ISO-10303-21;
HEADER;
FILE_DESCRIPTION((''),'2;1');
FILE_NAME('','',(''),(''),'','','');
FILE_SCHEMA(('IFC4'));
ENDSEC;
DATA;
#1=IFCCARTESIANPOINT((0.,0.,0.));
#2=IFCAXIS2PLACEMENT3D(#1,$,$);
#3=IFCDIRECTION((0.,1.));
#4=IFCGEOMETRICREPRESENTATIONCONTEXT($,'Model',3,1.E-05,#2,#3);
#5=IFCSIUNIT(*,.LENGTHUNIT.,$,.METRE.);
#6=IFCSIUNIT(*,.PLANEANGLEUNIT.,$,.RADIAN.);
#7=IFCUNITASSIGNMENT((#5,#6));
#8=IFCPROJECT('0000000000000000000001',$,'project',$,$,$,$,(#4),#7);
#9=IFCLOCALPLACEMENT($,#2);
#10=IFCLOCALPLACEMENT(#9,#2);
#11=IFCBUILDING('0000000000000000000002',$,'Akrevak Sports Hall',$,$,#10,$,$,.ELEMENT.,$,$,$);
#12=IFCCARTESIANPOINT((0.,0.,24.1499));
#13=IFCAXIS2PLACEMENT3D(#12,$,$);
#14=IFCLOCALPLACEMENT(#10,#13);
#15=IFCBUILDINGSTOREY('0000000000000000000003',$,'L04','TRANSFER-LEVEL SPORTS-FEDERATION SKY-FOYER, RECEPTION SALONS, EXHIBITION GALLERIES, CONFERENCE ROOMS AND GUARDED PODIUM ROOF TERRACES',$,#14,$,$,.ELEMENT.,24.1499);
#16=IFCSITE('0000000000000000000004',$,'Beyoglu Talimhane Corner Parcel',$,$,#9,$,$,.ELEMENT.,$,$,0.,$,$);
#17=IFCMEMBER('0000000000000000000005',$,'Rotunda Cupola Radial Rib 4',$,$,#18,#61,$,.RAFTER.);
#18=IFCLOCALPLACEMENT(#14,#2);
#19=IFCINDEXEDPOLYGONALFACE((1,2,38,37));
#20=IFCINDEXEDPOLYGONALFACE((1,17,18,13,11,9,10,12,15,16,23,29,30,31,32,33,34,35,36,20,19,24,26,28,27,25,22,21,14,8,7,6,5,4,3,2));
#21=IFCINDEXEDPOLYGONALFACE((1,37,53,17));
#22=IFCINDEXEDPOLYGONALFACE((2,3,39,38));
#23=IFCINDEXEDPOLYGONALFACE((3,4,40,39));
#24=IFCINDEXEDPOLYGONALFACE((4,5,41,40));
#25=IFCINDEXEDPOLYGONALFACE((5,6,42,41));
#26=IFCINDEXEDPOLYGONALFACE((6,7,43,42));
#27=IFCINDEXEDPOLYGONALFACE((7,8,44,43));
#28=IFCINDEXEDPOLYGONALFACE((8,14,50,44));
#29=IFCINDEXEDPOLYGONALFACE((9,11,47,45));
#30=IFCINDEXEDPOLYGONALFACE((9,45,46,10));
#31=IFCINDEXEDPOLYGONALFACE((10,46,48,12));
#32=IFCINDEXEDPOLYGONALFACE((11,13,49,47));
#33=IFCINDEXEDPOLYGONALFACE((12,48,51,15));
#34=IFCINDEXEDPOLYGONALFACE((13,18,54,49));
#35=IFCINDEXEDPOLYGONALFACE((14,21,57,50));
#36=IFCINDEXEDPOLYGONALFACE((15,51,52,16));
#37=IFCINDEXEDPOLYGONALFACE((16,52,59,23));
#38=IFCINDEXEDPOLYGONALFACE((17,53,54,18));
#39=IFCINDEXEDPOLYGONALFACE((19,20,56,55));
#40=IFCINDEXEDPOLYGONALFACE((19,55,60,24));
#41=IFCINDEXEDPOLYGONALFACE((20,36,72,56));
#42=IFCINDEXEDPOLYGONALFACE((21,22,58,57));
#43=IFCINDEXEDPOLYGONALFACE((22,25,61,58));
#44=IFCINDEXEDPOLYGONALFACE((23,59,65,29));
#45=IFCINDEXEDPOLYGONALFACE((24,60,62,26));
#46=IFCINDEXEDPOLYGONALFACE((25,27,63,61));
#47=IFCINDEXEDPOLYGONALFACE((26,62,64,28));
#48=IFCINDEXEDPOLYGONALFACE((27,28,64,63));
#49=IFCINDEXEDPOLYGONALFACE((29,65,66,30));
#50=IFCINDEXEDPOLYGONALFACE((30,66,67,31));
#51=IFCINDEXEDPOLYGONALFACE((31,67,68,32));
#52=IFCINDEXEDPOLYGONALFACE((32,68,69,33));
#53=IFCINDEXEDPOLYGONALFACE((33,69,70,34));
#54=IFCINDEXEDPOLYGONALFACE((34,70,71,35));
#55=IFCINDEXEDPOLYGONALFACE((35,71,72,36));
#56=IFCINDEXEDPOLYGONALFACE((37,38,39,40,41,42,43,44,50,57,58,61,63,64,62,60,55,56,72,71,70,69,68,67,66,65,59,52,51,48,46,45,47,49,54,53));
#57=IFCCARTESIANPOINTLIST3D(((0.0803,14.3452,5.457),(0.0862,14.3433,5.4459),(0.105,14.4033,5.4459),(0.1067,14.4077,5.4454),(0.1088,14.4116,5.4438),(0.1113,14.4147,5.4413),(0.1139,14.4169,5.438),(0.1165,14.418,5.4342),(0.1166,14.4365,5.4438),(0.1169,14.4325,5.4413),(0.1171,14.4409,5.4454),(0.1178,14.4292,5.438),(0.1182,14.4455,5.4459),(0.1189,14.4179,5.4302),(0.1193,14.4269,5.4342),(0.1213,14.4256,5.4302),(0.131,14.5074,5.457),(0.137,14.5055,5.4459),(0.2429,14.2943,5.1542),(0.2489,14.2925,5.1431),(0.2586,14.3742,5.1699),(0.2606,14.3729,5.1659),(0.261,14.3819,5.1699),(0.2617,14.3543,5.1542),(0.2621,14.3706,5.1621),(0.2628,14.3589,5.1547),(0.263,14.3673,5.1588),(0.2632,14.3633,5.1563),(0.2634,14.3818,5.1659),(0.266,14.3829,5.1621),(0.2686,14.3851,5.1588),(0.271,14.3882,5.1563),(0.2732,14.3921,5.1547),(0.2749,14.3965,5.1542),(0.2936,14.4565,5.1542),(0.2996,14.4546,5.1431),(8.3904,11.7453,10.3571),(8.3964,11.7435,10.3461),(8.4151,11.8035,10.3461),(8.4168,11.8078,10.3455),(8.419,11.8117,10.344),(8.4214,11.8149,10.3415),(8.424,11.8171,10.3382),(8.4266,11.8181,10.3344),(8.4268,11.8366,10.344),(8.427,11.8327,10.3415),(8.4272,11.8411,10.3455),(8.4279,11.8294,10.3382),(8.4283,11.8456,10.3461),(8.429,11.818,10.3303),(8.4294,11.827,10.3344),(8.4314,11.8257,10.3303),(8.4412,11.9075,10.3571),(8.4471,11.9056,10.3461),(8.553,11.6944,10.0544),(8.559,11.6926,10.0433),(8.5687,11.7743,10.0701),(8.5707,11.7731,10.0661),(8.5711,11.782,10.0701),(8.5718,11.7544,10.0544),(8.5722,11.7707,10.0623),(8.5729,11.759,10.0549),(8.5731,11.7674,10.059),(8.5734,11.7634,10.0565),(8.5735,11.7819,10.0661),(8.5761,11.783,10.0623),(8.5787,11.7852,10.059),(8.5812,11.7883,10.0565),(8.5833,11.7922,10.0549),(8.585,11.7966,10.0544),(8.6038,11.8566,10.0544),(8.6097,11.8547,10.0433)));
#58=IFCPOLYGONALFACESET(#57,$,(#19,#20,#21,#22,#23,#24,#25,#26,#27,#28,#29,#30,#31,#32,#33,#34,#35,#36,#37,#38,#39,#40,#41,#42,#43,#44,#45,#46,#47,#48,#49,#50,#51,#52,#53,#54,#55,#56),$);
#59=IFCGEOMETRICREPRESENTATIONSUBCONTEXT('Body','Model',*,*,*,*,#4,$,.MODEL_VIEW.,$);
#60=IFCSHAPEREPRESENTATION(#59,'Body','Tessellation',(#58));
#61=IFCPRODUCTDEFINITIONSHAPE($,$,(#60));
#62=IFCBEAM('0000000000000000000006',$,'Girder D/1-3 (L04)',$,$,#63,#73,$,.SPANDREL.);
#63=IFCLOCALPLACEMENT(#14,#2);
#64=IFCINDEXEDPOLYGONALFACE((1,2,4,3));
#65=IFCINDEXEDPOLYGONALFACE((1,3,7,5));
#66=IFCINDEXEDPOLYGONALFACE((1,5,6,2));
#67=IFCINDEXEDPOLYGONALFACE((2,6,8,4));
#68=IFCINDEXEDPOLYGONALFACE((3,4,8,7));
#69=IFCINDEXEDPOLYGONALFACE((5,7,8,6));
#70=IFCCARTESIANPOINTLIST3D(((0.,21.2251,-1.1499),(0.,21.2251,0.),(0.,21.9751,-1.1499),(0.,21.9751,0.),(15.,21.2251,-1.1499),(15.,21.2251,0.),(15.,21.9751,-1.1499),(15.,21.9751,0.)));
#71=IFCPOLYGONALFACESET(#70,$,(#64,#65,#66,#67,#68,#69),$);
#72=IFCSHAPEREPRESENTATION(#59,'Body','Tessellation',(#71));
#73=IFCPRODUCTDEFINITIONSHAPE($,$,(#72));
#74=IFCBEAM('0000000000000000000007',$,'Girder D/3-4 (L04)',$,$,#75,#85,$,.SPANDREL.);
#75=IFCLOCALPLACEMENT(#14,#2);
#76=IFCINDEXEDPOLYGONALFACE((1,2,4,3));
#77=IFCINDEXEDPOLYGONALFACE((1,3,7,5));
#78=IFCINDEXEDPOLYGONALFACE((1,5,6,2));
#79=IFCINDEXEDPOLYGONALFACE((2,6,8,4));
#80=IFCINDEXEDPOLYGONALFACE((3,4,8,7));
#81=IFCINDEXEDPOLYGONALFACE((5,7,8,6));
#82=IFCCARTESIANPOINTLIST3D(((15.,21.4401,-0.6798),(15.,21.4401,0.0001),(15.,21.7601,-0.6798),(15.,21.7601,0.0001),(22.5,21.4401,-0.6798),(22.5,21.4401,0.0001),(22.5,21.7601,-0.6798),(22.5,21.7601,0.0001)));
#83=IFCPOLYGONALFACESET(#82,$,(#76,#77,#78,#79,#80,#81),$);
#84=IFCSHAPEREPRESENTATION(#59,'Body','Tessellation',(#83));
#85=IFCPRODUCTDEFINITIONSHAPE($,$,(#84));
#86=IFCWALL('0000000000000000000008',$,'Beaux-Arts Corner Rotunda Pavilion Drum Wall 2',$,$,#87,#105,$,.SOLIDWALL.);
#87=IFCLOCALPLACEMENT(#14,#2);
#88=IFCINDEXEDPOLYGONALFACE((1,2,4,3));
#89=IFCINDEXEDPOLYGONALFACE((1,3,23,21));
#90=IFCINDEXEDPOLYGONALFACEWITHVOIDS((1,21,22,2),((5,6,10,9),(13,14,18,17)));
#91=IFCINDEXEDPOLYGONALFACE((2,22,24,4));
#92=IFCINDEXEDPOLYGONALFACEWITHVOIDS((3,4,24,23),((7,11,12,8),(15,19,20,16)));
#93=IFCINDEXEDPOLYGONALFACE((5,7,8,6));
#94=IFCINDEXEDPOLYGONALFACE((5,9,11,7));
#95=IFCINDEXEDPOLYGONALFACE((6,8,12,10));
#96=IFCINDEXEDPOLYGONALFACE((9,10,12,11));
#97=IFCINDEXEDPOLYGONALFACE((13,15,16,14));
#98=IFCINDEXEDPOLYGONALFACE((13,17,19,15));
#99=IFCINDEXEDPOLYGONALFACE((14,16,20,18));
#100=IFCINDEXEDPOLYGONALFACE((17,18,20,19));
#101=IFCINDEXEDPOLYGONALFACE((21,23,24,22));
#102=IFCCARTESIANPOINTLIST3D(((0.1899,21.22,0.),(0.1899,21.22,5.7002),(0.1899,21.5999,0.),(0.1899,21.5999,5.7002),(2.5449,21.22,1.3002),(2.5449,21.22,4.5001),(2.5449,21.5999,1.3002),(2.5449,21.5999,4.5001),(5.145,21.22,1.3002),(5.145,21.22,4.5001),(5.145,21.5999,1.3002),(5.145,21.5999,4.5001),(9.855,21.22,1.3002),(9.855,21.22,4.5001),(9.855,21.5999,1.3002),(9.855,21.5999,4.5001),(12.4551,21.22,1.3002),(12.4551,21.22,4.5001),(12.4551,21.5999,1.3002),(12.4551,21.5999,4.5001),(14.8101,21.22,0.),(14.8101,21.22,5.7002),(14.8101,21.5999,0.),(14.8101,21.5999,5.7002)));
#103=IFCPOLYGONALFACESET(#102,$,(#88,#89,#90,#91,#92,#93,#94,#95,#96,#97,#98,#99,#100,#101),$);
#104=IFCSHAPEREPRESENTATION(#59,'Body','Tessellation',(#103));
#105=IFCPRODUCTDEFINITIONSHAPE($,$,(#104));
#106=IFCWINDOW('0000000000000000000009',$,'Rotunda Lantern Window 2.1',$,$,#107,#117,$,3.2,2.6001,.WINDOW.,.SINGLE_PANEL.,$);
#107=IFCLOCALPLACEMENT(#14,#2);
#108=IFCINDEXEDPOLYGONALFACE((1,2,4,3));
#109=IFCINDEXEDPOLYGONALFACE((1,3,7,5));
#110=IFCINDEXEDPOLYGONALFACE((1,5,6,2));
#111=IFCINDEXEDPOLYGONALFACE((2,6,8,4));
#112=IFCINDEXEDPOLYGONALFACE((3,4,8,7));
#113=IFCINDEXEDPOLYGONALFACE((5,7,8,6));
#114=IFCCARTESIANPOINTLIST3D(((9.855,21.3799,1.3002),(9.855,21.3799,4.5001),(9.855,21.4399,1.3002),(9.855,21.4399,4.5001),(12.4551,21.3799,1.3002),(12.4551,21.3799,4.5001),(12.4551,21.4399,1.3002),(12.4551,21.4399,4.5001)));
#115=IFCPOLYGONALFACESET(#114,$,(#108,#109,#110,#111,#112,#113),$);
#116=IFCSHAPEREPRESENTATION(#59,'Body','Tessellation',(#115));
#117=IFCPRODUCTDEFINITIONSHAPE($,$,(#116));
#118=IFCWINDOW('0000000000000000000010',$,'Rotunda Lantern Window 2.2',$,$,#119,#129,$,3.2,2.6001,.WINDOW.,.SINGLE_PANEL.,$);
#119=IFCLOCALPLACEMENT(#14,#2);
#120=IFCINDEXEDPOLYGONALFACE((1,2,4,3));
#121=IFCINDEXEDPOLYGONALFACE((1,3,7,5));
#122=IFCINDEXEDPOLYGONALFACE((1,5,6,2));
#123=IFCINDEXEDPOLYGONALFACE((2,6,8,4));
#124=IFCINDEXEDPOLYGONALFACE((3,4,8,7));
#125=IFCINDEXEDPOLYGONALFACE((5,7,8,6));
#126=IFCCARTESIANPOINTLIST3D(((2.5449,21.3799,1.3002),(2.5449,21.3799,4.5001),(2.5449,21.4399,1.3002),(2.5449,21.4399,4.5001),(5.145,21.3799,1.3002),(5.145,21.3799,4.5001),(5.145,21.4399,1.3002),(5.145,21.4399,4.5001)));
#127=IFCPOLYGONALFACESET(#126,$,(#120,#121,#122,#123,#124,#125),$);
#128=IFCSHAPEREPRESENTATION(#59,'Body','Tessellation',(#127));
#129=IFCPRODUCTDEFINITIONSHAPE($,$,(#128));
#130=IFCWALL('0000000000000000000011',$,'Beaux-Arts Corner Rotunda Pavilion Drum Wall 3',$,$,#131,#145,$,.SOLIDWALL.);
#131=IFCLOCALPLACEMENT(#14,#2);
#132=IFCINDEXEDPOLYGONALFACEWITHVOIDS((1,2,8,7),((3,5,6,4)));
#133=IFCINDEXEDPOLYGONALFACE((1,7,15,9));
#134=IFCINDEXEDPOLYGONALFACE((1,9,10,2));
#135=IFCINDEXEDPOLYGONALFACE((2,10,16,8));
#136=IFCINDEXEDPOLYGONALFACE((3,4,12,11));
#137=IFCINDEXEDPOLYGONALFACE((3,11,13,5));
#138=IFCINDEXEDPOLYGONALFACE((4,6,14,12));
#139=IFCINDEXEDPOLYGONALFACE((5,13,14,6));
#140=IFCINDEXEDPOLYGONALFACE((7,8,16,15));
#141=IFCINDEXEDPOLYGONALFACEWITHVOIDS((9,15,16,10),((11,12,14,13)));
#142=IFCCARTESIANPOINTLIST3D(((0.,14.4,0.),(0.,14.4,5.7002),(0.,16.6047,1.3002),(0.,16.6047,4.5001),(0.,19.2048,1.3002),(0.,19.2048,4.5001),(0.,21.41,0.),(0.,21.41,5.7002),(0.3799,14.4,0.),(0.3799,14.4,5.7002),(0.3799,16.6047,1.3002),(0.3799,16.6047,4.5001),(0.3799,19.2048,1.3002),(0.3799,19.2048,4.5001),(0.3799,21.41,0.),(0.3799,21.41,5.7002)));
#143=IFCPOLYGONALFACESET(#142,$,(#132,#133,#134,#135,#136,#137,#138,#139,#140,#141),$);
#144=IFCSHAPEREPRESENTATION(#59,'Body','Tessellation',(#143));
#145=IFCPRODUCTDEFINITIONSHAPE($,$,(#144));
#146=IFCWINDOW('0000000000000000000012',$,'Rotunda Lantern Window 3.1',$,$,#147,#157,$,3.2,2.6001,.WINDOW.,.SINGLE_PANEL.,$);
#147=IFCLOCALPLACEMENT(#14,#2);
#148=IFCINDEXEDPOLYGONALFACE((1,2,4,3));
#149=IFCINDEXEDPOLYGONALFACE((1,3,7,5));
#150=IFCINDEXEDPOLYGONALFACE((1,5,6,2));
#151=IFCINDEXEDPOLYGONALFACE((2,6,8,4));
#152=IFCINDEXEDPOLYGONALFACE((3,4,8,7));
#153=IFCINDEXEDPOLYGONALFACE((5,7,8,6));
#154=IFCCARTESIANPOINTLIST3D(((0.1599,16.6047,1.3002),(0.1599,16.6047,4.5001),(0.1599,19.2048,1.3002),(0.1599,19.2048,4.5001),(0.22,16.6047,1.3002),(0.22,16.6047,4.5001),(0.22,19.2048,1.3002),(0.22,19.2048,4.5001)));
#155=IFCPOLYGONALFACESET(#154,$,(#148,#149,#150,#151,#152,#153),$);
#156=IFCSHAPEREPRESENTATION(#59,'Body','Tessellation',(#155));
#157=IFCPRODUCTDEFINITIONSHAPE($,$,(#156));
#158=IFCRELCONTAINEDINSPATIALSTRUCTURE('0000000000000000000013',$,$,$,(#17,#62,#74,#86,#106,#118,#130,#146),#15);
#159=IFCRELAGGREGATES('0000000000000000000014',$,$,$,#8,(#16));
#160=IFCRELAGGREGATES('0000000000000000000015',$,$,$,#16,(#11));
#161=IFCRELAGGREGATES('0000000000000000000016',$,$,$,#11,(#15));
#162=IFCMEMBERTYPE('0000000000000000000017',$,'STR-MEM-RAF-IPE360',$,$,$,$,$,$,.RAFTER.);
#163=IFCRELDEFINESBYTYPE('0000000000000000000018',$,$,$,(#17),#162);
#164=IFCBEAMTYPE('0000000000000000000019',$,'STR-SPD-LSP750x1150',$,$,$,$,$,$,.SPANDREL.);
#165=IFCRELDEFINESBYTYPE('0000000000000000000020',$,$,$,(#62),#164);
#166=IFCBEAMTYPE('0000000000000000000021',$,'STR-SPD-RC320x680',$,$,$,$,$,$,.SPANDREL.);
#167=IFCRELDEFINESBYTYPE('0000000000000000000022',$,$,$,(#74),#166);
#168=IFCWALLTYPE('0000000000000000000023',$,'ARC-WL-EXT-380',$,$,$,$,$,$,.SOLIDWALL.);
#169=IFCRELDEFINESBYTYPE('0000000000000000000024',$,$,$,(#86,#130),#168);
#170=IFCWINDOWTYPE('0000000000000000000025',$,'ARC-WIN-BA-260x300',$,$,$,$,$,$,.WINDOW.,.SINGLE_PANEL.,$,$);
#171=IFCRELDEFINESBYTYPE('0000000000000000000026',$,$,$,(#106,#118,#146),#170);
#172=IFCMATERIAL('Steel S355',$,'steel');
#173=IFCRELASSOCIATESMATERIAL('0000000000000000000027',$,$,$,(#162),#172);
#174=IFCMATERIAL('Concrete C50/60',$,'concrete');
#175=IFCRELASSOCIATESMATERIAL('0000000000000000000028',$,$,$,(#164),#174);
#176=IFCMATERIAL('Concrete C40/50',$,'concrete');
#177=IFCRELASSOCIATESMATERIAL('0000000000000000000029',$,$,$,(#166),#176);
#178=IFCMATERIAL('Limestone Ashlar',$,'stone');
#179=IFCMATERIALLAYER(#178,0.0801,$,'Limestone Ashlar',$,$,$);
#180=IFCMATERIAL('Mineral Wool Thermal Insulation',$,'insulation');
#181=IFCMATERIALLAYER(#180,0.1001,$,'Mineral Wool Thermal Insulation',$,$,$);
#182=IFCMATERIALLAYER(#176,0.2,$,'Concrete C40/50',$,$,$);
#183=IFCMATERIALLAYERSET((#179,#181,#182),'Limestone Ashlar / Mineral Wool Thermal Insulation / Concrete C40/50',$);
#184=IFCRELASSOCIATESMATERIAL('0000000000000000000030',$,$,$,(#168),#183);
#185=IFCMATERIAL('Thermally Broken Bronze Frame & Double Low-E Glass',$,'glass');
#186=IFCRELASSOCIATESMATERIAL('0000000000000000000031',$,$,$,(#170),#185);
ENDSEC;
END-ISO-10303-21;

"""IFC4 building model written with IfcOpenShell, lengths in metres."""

from ifc_helpers import new_model, si_unit, direction, frame, frame_2d, origin, origin_2d, place, context, subcontext, project, spatial, rectangle, i_section, extrude, material, layer, layer_set, material_profile, profile_set, type_object, element, fill, save


model = new_model("IFC4")

# Units and contexts
model_context = context("Model", 3, precision=1e-05, world=origin(), true_north=direction((0.0, 1.0)))
body_context = subcontext(model_context, "Body", "Model", "MODEL_VIEW")
ifc_project = project(units=[si_unit("LENGTHUNIT", "METRE"), si_unit("PLANEANGLEUNIT", "RADIAN")], contexts=[model_context])

# Site, building, storey
site_placement = place(None, origin())
site = spatial("IfcSite", under=ifc_project, at=site_placement, Name="Beyoglu Talimhane Corner Parcel", CompositionType="ELEMENT", RefElevation=0.0)
building_placement = place(site_placement, origin())
building = spatial("IfcBuilding", under=site, at=building_placement, Name="Akrevak Sports Hall", CompositionType="ELEMENT")
storey_placement = place(building_placement, frame((0.0, 0.0, 24.1499)))
storey = spatial("IfcBuildingStorey", under=building, at=storey_placement, Name="L04", Description="TRANSFER-LEVEL SPORTS-FEDERATION SKY-FOYER, RECEPTION SALONS, EXHIBITION GALLERIES, CONFERENCE ROOMS AND GUARDED PODIUM ROOF TERRACES", CompositionType="ELEMENT", Elevation=24.1499)

# Shared definitions
ifc_material_1 = material(Name="Concrete C50/60", Category="concrete")

# Member
ifc_material_2 = material(Name="Steel S355", Category="steel")
ifc_material_profile_1 = material_profile(ifc_material_2, i_section(OverallWidth=0.1699, OverallDepth=0.3601, WebThickness=0.0081, FlangeThickness=0.0127, FilletRadius=0.0181, at=origin_2d()), Name="IPE 360", Category="steel")
ifc_profile_set_1 = profile_set([ifc_material_profile_1], Name="Steel S355")
member_type_1 = type_object("IfcMemberType", Name="STR-MEM-RAF-IPE360", PredefinedType="RAFTER", material=ifc_profile_set_1)
member_1_placement = place(storey_placement, frame((0.1899, 14.3999, 5.3), z_axis=(0.831722, -0.26021, 0.490437), x_axis=(0.298585, 0.954383, 0.0)))
element("IfcMember", 1, at=member_1_placement, inside=storey, type_object=member_type_1, Name="Rotunda Cupola Radial Rib 4", PredefinedType="RAFTER", context=body_context, shape_type="SweptSolid", body=[
    extrude(i_section(OverallWidth=0.1699, OverallDepth=0.3601, WebThickness=0.0081, FlangeThickness=0.0127, FilletRadius=0.0181, at=origin_2d()), origin(), (0.0, 0.0, 1.0), 9.9915),
])

# Beams
ifc_material_profile_2 = material_profile(ifc_material_1, rectangle(XDim=0.75, YDim=1.1499, at=origin_2d()), Name="SPD 750x1150", Category="concrete")
ifc_profile_set_2 = profile_set([ifc_material_profile_2], Name="Concrete C50/60")
beam_type_1 = type_object("IfcBeamType", Name="STR-SPD-LSP750x1150", PredefinedType="SPANDREL", material=ifc_profile_set_2)
beam_1_placement = place(storey_placement, frame((0.0, 21.6001, -0.575), z_axis=(1.0, 0.0, 0.0), x_axis=(0.0, 1.0, 0.0)))
element("IfcBeam", 2, at=beam_1_placement, inside=storey, type_object=beam_type_1, Name="Girder D/1-3 (L04)", PredefinedType="SPANDREL", context=body_context, shape_type="SweptSolid", body=[
    extrude(rectangle(XDim=0.75, YDim=1.1499, at=origin_2d()), origin(), (0.0, 0.0, 1.0), 15.0),
])
ifc_material_3 = material(Name="Concrete C40/50", Category="concrete")
ifc_material_profile_3 = material_profile(ifc_material_3, rectangle(XDim=0.3201, YDim=0.6799, at=origin_2d()), Name="SPD 320x680", Category="concrete")
ifc_profile_set_3 = profile_set([ifc_material_profile_3], Name="Concrete C40/50")
beam_type_2 = type_object("IfcBeamType", Name="STR-SPD-RC320x680", PredefinedType="SPANDREL", material=ifc_profile_set_3)
beam_2_placement = place(storey_placement, frame((15.0, 21.6001, -0.3398), z_axis=(1.0, 0.0, 0.0), x_axis=(0.0, 1.0, 0.0)))
element("IfcBeam", 3, at=beam_2_placement, inside=storey, type_object=beam_type_2, Name="Girder D/3-4 (L04)", PredefinedType="SPANDREL", context=body_context, shape_type="SweptSolid", body=[
    extrude(rectangle(XDim=0.3201, YDim=0.6799, at=origin_2d()), origin(), (0.0, 0.0, 1.0), 7.5),
])

# Wall, openings, windows
ifc_material_4 = material(Name="Limestone Ashlar", Category="stone")
ifc_layer_1 = layer(ifc_material_4, 0.0801, Name="Limestone Ashlar")
ifc_material_5 = material(Name="Mineral Wool Thermal Insulation", Category="insulation")
ifc_layer_2 = layer(ifc_material_5, 0.1001, Name="Mineral Wool Thermal Insulation")
ifc_layer_3 = layer(ifc_material_3, 0.2, Name="Concrete C40/50")
ifc_layer_set_1 = layer_set([ifc_layer_1, ifc_layer_2, ifc_layer_3], Name="Limestone Ashlar / Mineral Wool Thermal Insulation / Concrete C40/50")
wall_type = type_object("IfcWallType", Name="ARC-WL-EXT-380", PredefinedType="SOLIDWALL", material=ifc_layer_set_1)
wall_1_placement = place(storey_placement, frame((14.8101, 21.4099, 0.0), z_axis=(0.0, 0.0, 1.0), x_axis=(-1.0, 0.0, 0.0)))
wall_1 = element("IfcWall", 4, at=wall_1_placement, inside=storey, type_object=wall_type, Name="Beaux-Arts Corner Rotunda Pavilion Drum Wall 2", PredefinedType="SOLIDWALL", context=body_context, shape_type="SweptSolid", body=[
    extrude(rectangle(XDim=14.6201, YDim=0.3799, at=frame_2d((7.3101, 0.0))), origin(), (0.0, 0.0, 1.0), 5.7002),
])
opening_1_placement = place(wall_1_placement, frame((2.355, 0.0, 1.3)))
opening_1 = element("IfcOpeningElement", 5, at=opening_1_placement, cuts=wall_1, PredefinedType="OPENING", context=body_context, shape_type="SweptSolid", body=[
    extrude(rectangle(XDim=2.6001, YDim=3.2, at=frame_2d((1.3, 1.6001))), frame((0.0, 0.2019, 0.0), z_axis=(0.0, -1.0, 0.0), x_axis=(1.0, 0.0, 0.0)), (0.0, 0.0, 1.0), 0.4038),
])
opening_2_placement = place(wall_1_placement, frame((9.665, 0.0, 1.3)))
opening_2 = element("IfcOpeningElement", 6, at=opening_2_placement, cuts=wall_1, PredefinedType="OPENING", context=body_context, shape_type="SweptSolid", body=[
    extrude(rectangle(XDim=2.6001, YDim=3.2, at=frame_2d((1.3, 1.6001))), frame((0.0, 0.2019, 0.0), z_axis=(0.0, -1.0, 0.0), x_axis=(1.0, 0.0, 0.0)), (0.0, 0.0, 1.0), 0.4038),
])
ifc_material_6 = material(Name="Thermally Broken Bronze Frame & Double Low-E Glass", Category="glass")
window_type = type_object("IfcWindowType", Name="ARC-WIN-BA-260x300", PartitioningType="SINGLE_PANEL", PredefinedType="WINDOW", material=ifc_material_6)
window_1_placement = place(opening_1_placement, origin())
window_1 = element("IfcWindow", 7, at=window_1_placement, inside=storey, type_object=window_type, Name="Rotunda Lantern Window 2.1", OverallHeight=3.2, OverallWidth=2.6001, PartitioningType="SINGLE_PANEL", PredefinedType="WINDOW", context=body_context, shape_type="SweptSolid", body=[
    extrude(rectangle(XDim=2.6001, YDim=3.2, at=frame_2d((1.3, 1.6001))), frame((0.0, 0.03, 0.0), z_axis=(0.0, -1.0, 0.0), x_axis=(1.0, 0.0, 0.0)), (0.0, 0.0, 1.0), 0.0601),
])
fill(opening_1, window_1)
window_2_placement = place(opening_2_placement, origin())
window_2 = element("IfcWindow", 8, at=window_2_placement, inside=storey, type_object=window_type, Name="Rotunda Lantern Window 2.2", OverallHeight=3.2, OverallWidth=2.6001, PartitioningType="SINGLE_PANEL", PredefinedType="WINDOW", context=body_context, shape_type="SweptSolid", body=[
    extrude(rectangle(XDim=2.6001, YDim=3.2, at=frame_2d((1.3, 1.6001))), frame((0.0, 0.03, 0.0), z_axis=(0.0, -1.0, 0.0), x_axis=(1.0, 0.0, 0.0)), (0.0, 0.0, 1.0), 0.0601),
])
fill(opening_2, window_2)

# Wall, opening, window
wall_2_placement = place(storey_placement, frame((0.1899, 21.4099, 0.0), z_axis=(0.0, 0.0, 1.0), x_axis=(0.0, -1.0, 0.0)))
wall_2 = element("IfcWall", 9, at=wall_2_placement, inside=storey, type_object=wall_type, Name="Beaux-Arts Corner Rotunda Pavilion Drum Wall 3", PredefinedType="SOLIDWALL", context=body_context, shape_type="SweptSolid", body=[
    extrude(rectangle(XDim=7.01, YDim=0.3799, at=frame_2d((3.5049, 0.0))), origin(), (0.0, 0.0, 1.0), 5.7002),
])
opening_3_placement = place(wall_2_placement, frame((2.2051, 0.0, 1.3)))
opening_3 = element("IfcOpeningElement", 10, at=opening_3_placement, cuts=wall_2, PredefinedType="OPENING", context=body_context, shape_type="SweptSolid", body=[
    extrude(rectangle(XDim=2.6001, YDim=3.2, at=frame_2d((1.3, 1.6001))), frame((0.0, 0.2019, 0.0), z_axis=(0.0, -1.0, 0.0), x_axis=(1.0, 0.0, 0.0)), (0.0, 0.0, 1.0), 0.4038),
])
window_3_placement = place(opening_3_placement, origin())
window_3 = element("IfcWindow", 11, at=window_3_placement, inside=storey, type_object=window_type, Name="Rotunda Lantern Window 3.1", OverallHeight=3.2, OverallWidth=2.6001, PartitioningType="SINGLE_PANEL", PredefinedType="WINDOW", context=body_context, shape_type="SweptSolid", body=[
    extrude(rectangle(XDim=2.6001, YDim=3.2, at=frame_2d((1.3, 1.6001))), frame((0.0, 0.03, 0.0), z_axis=(0.0, -1.0, 0.0), x_axis=(1.0, 0.0, 0.0)), (0.0, 0.0, 1.0), 0.0601),
])
fill(opening_3, window_3)

save(model, "model.ifc")
